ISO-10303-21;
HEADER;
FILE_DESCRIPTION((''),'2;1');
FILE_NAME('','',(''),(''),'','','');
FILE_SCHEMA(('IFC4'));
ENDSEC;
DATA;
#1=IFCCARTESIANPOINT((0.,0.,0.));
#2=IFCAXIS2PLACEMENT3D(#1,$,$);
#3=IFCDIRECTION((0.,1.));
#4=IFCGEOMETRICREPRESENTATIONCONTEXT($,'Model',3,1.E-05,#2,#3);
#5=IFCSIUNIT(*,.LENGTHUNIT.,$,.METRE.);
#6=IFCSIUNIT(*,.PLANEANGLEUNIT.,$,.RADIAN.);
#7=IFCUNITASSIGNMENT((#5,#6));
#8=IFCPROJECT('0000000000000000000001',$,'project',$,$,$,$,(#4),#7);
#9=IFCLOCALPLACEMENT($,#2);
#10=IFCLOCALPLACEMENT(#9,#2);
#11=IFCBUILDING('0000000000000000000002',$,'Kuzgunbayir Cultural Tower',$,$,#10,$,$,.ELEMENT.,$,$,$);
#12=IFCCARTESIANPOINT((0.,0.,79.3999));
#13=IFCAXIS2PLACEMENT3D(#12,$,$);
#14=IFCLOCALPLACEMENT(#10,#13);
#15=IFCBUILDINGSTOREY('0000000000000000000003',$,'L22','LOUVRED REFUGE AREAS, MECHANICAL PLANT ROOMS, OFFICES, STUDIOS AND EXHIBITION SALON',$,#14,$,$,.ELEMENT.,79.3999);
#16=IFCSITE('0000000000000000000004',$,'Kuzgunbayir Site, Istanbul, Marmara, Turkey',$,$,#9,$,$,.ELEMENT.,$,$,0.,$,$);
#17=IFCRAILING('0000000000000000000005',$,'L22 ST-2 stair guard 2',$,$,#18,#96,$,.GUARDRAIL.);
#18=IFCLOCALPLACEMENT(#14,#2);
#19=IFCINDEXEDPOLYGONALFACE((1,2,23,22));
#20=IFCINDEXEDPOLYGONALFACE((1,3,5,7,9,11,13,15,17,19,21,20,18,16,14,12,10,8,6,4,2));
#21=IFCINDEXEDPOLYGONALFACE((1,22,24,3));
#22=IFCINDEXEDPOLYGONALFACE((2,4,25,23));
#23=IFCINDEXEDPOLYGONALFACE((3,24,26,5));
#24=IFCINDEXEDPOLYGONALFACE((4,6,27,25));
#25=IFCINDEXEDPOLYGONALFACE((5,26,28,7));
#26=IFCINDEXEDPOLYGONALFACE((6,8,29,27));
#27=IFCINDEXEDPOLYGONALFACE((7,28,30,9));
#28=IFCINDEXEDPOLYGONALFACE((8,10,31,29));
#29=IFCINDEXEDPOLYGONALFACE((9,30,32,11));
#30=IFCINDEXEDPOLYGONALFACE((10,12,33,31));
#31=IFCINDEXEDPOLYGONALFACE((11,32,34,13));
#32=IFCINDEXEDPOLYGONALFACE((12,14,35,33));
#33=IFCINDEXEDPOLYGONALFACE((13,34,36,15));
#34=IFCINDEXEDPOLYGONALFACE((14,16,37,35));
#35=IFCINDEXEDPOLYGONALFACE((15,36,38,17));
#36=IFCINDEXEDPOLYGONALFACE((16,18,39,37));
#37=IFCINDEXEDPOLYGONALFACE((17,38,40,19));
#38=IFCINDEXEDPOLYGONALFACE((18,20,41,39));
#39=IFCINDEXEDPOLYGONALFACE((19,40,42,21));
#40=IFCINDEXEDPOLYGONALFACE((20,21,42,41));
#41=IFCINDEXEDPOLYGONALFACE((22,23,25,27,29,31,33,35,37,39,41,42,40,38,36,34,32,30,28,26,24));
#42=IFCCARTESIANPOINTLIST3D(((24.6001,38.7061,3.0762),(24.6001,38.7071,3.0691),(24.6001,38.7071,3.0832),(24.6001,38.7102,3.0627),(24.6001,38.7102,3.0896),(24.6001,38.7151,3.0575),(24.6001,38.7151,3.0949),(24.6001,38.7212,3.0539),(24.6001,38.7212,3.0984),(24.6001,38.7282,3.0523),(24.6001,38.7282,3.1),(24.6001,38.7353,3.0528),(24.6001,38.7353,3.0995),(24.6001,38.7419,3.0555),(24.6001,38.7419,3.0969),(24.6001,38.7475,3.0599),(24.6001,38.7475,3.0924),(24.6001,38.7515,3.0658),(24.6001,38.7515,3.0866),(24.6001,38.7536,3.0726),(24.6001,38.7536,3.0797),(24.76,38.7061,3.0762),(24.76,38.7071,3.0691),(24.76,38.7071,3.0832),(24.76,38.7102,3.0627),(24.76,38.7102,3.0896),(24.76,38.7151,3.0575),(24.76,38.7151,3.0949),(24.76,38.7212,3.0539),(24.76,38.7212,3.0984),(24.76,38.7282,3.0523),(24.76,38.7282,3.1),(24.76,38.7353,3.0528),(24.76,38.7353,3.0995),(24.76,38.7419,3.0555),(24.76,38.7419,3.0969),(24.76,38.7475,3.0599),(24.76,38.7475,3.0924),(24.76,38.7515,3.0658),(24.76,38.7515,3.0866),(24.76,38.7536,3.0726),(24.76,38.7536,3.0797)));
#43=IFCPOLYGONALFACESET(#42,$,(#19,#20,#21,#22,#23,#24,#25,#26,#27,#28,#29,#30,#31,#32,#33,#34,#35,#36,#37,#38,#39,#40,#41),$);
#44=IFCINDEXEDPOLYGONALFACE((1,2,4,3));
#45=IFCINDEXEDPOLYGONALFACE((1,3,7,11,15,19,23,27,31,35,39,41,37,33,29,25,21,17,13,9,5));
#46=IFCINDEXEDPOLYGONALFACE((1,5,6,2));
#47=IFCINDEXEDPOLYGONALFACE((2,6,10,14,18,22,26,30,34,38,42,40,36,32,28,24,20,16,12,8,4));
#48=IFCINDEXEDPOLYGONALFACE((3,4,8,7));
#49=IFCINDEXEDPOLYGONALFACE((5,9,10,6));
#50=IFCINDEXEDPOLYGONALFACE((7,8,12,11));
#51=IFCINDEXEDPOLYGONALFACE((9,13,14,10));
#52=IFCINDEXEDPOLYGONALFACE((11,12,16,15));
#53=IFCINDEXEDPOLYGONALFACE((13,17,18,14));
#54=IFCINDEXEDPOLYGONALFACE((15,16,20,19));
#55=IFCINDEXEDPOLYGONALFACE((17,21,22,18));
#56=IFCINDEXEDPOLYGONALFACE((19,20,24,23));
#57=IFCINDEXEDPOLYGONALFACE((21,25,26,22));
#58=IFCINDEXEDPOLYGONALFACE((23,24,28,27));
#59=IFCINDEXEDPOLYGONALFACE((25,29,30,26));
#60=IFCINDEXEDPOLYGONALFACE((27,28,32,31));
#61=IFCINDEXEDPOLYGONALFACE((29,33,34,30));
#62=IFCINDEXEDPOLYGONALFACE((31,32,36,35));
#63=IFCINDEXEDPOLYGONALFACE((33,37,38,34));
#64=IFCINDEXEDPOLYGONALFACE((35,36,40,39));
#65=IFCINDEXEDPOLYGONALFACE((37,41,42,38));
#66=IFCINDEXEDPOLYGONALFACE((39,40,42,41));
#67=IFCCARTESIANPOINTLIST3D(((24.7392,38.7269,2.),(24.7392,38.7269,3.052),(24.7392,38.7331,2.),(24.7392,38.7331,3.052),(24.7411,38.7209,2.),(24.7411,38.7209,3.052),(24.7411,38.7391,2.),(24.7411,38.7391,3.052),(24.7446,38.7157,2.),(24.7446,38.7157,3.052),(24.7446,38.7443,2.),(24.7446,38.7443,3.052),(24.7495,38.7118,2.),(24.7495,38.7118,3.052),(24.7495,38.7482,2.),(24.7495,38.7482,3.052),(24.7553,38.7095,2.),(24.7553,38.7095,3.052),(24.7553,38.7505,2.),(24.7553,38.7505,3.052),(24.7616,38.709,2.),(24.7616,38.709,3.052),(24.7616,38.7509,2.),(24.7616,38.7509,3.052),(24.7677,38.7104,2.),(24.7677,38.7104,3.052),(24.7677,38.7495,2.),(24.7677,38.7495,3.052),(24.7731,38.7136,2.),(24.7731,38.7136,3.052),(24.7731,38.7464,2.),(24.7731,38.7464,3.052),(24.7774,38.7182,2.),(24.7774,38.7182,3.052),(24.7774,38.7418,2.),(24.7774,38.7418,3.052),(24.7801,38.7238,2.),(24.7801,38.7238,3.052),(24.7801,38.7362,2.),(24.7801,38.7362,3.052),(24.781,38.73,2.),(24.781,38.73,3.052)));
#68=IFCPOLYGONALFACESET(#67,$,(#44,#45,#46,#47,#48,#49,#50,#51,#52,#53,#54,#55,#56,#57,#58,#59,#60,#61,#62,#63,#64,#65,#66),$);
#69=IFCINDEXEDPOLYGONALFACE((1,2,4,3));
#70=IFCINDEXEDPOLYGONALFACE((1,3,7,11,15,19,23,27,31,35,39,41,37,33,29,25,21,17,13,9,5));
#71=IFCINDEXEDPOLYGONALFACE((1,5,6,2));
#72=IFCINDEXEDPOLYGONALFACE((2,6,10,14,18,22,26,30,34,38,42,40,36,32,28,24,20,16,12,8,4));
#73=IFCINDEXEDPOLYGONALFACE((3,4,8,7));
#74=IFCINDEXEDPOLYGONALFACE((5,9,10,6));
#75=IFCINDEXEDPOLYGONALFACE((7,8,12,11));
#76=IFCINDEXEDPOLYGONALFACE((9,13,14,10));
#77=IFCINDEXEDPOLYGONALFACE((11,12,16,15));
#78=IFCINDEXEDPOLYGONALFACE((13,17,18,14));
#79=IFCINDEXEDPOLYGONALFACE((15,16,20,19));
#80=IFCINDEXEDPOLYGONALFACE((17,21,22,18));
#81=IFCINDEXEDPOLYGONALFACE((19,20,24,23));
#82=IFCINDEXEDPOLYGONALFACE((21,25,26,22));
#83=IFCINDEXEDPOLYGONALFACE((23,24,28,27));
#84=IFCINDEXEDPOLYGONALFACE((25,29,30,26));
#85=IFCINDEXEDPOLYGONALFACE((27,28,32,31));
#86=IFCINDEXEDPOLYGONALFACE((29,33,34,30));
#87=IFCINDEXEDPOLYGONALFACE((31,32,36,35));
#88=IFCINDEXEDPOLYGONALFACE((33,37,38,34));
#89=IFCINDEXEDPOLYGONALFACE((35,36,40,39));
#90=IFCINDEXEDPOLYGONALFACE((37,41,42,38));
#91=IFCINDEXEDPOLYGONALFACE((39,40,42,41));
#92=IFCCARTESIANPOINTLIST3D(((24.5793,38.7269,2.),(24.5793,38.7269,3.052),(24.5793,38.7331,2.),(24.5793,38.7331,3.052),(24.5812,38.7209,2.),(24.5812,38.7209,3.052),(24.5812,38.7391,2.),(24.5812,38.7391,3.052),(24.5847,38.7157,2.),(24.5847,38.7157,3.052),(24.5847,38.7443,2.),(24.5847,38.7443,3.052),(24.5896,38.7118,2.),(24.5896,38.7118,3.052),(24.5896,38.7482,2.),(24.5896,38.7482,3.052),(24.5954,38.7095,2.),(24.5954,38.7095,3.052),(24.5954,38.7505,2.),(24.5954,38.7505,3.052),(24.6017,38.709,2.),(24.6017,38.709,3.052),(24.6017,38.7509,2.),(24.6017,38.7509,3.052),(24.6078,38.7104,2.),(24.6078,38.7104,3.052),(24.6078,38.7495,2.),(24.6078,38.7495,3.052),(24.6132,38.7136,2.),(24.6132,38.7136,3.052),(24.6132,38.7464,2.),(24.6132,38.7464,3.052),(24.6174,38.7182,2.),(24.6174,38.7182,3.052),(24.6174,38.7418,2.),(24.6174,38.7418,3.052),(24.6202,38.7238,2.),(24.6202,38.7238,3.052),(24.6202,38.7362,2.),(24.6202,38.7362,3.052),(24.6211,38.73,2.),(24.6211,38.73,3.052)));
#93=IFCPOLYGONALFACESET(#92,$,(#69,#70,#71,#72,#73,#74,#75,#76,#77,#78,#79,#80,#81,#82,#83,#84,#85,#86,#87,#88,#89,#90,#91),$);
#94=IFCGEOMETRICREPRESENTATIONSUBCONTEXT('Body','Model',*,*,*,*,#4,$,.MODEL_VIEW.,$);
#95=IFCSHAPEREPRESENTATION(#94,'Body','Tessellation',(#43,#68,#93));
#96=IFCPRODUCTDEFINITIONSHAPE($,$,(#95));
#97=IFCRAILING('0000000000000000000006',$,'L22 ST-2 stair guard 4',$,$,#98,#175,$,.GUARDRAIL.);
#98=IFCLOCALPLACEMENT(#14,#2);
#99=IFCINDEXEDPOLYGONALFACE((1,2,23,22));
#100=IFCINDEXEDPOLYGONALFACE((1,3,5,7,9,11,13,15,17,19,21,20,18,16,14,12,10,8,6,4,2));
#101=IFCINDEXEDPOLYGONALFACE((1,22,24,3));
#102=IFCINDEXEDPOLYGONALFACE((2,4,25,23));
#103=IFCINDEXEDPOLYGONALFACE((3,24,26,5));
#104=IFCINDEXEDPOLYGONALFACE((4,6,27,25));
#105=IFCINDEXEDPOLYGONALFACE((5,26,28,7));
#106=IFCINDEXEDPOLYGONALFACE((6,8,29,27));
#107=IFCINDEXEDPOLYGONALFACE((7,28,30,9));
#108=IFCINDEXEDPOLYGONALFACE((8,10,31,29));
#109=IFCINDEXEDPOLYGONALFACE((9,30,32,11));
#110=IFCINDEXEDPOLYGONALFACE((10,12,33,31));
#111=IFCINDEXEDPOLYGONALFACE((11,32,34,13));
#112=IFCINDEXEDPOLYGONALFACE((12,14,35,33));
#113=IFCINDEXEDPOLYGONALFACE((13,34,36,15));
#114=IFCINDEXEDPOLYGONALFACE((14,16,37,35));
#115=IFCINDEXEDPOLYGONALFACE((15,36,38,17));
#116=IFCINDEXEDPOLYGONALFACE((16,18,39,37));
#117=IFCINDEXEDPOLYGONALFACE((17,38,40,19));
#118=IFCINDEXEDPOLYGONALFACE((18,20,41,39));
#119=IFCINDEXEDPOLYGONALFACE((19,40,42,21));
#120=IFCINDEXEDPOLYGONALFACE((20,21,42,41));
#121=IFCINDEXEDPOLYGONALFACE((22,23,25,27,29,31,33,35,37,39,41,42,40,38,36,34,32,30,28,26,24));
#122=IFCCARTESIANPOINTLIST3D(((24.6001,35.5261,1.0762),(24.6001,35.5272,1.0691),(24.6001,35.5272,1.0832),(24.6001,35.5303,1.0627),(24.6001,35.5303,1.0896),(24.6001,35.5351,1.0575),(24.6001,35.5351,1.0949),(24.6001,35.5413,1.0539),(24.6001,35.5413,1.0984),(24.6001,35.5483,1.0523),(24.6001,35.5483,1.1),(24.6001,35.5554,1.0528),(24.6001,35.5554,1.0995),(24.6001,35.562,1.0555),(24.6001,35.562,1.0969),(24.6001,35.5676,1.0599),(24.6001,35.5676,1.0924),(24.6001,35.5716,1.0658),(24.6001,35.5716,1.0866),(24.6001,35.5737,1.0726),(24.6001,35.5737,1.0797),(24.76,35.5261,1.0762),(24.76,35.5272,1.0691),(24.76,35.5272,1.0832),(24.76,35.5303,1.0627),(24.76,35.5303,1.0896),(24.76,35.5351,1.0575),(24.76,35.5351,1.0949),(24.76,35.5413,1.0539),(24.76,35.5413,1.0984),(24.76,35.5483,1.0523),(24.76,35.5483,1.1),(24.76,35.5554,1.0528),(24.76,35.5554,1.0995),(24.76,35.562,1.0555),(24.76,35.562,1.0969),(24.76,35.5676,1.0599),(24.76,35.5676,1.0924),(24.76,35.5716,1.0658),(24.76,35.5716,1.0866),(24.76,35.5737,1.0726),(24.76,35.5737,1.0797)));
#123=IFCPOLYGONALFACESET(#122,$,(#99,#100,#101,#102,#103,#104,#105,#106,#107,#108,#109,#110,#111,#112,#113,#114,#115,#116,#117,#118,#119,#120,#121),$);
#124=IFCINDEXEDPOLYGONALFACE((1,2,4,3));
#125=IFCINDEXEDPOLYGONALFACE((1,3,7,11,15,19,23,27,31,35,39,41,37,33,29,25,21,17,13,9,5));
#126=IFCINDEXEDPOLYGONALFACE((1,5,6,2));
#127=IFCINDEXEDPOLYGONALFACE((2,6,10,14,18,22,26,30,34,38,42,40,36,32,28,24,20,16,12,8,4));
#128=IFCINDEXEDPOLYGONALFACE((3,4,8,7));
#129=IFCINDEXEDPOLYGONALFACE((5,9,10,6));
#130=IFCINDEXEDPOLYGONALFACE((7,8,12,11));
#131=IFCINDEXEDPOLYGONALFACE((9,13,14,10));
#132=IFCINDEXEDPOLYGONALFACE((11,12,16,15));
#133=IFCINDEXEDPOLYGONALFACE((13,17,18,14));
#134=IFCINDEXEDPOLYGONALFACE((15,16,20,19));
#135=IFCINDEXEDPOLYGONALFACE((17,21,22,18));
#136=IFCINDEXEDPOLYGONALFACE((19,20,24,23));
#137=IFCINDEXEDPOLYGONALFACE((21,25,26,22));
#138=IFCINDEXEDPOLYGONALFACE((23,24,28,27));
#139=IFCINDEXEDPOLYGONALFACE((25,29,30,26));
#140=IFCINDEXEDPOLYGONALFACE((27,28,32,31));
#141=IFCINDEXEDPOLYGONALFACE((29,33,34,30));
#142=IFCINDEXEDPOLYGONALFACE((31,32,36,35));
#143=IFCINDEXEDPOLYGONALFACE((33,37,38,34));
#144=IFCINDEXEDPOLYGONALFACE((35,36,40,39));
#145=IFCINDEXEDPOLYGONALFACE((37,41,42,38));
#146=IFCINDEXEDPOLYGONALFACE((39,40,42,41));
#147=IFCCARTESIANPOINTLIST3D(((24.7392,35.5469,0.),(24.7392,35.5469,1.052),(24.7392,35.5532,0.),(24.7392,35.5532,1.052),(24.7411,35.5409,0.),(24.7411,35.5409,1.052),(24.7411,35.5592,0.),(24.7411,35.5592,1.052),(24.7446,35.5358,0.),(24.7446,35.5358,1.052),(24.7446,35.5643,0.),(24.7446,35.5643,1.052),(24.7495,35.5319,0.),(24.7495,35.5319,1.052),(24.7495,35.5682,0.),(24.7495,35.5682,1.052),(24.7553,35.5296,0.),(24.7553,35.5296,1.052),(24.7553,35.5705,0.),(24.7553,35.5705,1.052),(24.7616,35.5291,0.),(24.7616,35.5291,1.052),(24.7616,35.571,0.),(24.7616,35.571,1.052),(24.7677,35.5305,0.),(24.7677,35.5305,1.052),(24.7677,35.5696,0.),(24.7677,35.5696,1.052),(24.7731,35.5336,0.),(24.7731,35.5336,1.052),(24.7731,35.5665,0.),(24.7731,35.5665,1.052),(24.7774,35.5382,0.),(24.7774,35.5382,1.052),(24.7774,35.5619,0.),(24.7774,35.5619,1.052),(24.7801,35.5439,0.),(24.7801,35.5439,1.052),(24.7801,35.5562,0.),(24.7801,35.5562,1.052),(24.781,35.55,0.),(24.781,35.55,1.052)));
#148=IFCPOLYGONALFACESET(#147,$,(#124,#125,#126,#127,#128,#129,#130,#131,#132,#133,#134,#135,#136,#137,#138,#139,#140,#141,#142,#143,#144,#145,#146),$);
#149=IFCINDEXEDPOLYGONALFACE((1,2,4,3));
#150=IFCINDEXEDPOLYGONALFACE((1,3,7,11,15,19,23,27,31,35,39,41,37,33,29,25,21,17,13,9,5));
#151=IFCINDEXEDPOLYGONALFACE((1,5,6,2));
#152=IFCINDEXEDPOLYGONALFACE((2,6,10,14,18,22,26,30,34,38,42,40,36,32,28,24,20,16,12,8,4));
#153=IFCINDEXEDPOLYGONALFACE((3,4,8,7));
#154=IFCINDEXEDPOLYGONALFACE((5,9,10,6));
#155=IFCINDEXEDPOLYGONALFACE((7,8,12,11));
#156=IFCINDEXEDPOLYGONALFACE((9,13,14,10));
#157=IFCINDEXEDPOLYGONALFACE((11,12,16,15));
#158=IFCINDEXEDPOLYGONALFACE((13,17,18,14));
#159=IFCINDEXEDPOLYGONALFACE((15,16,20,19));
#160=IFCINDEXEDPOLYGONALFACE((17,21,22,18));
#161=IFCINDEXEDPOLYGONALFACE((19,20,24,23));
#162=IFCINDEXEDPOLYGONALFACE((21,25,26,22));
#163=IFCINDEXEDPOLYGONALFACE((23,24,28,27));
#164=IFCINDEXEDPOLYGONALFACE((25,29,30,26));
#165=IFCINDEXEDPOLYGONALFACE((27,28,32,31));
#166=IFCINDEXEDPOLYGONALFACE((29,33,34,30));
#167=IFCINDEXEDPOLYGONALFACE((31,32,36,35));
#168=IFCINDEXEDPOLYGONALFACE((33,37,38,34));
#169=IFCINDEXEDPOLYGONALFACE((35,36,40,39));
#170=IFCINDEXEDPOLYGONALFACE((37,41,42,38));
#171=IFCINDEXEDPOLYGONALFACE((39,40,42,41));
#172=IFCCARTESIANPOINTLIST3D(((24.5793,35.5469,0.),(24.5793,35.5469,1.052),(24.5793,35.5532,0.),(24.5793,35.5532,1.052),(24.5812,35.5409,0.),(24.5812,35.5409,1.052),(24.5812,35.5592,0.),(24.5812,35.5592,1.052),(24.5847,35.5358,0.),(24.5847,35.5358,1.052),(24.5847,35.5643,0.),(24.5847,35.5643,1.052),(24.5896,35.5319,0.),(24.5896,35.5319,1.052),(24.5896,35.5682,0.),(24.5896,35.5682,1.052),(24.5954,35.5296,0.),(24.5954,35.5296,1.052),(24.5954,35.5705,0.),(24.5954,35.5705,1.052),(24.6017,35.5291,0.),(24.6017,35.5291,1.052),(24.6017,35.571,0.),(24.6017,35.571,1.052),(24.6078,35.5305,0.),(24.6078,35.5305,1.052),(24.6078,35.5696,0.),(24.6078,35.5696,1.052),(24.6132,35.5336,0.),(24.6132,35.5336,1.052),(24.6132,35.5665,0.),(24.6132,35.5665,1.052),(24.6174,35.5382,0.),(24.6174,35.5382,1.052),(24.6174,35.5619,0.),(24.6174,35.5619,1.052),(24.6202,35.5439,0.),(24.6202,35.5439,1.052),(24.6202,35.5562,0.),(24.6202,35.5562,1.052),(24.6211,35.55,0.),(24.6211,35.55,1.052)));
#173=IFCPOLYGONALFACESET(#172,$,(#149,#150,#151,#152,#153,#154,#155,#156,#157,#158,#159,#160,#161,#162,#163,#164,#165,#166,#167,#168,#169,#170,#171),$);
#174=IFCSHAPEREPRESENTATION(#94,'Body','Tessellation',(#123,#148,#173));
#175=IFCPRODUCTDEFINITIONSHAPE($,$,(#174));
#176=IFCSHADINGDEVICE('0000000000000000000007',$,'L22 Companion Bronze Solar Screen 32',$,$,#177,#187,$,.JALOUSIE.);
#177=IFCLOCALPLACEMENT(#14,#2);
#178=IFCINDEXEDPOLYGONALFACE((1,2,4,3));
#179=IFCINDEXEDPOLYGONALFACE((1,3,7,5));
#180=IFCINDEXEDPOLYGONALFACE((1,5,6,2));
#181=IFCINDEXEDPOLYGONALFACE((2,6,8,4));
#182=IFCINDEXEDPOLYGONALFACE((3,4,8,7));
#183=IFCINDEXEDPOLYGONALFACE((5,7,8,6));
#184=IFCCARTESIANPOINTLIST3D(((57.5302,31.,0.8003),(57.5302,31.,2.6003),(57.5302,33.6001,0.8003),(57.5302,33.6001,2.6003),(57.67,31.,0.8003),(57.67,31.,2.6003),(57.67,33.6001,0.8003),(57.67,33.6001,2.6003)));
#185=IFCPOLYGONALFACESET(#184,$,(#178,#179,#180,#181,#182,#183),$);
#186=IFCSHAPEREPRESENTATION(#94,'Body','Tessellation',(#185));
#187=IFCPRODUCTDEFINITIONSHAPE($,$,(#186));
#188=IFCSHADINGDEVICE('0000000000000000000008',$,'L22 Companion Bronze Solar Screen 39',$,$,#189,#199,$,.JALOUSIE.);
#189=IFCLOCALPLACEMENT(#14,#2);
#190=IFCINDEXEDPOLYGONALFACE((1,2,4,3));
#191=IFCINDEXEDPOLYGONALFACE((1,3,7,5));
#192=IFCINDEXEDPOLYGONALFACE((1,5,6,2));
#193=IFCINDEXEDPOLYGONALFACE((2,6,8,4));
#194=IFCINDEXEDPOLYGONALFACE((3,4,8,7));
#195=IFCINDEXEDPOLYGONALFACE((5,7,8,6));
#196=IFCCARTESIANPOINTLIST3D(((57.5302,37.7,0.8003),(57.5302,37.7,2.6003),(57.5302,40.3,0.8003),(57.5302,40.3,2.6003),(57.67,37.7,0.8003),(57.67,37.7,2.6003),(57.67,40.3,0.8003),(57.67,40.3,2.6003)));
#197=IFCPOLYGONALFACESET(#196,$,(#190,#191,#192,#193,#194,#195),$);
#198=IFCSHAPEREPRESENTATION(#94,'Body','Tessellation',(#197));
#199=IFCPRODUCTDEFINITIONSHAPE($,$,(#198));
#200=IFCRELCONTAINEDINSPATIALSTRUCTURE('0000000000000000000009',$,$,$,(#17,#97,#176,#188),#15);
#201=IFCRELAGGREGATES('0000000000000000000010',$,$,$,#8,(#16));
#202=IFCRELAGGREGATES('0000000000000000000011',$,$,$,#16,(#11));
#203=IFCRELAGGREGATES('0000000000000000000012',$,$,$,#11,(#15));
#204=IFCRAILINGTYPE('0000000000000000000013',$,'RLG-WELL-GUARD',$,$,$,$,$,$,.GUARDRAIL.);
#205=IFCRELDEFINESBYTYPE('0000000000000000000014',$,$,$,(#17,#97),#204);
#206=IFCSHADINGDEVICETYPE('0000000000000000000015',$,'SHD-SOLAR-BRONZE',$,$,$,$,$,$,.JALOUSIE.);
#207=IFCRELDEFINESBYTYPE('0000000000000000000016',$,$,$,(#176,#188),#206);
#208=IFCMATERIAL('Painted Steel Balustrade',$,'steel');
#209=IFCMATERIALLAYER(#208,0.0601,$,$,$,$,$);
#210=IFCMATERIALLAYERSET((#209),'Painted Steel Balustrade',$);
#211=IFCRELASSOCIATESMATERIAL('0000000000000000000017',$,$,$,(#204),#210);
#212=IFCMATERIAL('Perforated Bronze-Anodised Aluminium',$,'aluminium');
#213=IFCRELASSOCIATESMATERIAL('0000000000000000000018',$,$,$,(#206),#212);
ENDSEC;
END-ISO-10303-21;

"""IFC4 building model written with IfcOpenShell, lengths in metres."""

from ifc_helpers import new_model, si_unit, direction, frame, origin, origin_2d, place, context, subcontext, project, spatial, rectangle, circle, extrude, material, layer, layer_set, type_object, element, save


model = new_model("IFC4")

# Units and contexts
model_context = context("Model", 3, precision=1e-05, world=origin(), true_north=direction((0.0, 1.0)))
body_context = subcontext(model_context, "Body", "Model", "MODEL_VIEW")
ifc_project = project(units=[si_unit("LENGTHUNIT", "METRE"), si_unit("PLANEANGLEUNIT", "RADIAN")], contexts=[model_context])

# Site, building, storey
site_placement = place(None, origin())
site = spatial("IfcSite", under=ifc_project, at=site_placement, Name="Kuzgunbayir Site, Istanbul, Marmara, Turkey", CompositionType="ELEMENT", RefElevation=0.0)
building_placement = place(site_placement, origin())
building = spatial("IfcBuilding", under=site, at=building_placement, Name="Kuzgunbayir Cultural Tower", CompositionType="ELEMENT")
storey_placement = place(building_placement, frame((0.0, 0.0, 79.3999)))
storey = spatial("IfcBuildingStorey", under=building, at=storey_placement, Name="L22", Description="LOUVRED REFUGE AREAS, MECHANICAL PLANT ROOMS, OFFICES, STUDIOS AND EXHIBITION SALON", CompositionType="ELEMENT", Elevation=79.3999)

# Railings
ifc_material_1 = material(Name="Painted Steel Balustrade", Category="steel")
ifc_layer_1 = layer(ifc_material_1, 0.0601)
ifc_layer_set_1 = layer_set([ifc_layer_1], Name="Painted Steel Balustrade")
railing_type_1 = type_object("IfcRailingType", Name="RLG-WELL-GUARD", PredefinedType="GUARDRAIL", material=ifc_layer_set_1)
for number, where, name in (
    (1, (24.76, 38.73, 2.0), "L22 ST-2 stair guard 2"),
    (2, (24.76, 35.55, 0.0), "L22 ST-2 stair guard 4"),
):
    element("IfcRailing", number, at=place(storey_placement, frame(where)), inside=storey, type_object=railing_type_1, Name=name, PredefinedType="GUARDRAIL", context=body_context, shape_type="SweptSolid", body=[
        extrude(circle(Radius=0.0239, at=origin_2d()), frame((0.0, 0.0, 1.0762), z_axis=(-1.0, 0.0, 0.0), x_axis=(0.0, -1.0, 0.0)), (0.0, 0.0, 1.0), 0.1599),
        extrude(circle(Radius=0.021, at=origin_2d()), origin(), (0.0, 0.0, 1.0), 1.052),
        extrude(circle(Radius=0.021, at=origin_2d()), frame((-0.1599, 0.0, 0.0)), (0.0, 0.0, 1.0), 1.052),
    ])

# Shading devices
ifc_material_2 = material(Name="Perforated Bronze-Anodised Aluminium", Category="aluminium")
shading_device_type = type_object("IfcShadingDeviceType", Name="SHD-SOLAR-BRONZE", PredefinedType="JALOUSIE", material=ifc_material_2)
for number, where, z_axis, x_axis, name in (
    (3, (57.6001, 32.3, 0.8003), (0.0, 0.0, 1.0), (1.0, 0.0, 0.0), "L22 Companion Bronze Solar Screen 32"),
    (4, (57.6001, 39.0, 0.8003), (0.0, 0.0, 1.0), (1.0, 0.0, 0.0), "L22 Companion Bronze Solar Screen 39"),
):
    element("IfcShadingDevice", number, at=place(storey_placement, frame(where, z_axis=z_axis, x_axis=x_axis)), inside=storey, type_object=shading_device_type, Name=name, PredefinedType="JALOUSIE", context=body_context, shape_type="SweptSolid", body=[
        extrude(rectangle(XDim=0.1399, YDim=2.6001, at=origin_2d()), origin(), (0.0, 0.0, 1.0), 1.8),
    ])

save(model, "model.ifc")
